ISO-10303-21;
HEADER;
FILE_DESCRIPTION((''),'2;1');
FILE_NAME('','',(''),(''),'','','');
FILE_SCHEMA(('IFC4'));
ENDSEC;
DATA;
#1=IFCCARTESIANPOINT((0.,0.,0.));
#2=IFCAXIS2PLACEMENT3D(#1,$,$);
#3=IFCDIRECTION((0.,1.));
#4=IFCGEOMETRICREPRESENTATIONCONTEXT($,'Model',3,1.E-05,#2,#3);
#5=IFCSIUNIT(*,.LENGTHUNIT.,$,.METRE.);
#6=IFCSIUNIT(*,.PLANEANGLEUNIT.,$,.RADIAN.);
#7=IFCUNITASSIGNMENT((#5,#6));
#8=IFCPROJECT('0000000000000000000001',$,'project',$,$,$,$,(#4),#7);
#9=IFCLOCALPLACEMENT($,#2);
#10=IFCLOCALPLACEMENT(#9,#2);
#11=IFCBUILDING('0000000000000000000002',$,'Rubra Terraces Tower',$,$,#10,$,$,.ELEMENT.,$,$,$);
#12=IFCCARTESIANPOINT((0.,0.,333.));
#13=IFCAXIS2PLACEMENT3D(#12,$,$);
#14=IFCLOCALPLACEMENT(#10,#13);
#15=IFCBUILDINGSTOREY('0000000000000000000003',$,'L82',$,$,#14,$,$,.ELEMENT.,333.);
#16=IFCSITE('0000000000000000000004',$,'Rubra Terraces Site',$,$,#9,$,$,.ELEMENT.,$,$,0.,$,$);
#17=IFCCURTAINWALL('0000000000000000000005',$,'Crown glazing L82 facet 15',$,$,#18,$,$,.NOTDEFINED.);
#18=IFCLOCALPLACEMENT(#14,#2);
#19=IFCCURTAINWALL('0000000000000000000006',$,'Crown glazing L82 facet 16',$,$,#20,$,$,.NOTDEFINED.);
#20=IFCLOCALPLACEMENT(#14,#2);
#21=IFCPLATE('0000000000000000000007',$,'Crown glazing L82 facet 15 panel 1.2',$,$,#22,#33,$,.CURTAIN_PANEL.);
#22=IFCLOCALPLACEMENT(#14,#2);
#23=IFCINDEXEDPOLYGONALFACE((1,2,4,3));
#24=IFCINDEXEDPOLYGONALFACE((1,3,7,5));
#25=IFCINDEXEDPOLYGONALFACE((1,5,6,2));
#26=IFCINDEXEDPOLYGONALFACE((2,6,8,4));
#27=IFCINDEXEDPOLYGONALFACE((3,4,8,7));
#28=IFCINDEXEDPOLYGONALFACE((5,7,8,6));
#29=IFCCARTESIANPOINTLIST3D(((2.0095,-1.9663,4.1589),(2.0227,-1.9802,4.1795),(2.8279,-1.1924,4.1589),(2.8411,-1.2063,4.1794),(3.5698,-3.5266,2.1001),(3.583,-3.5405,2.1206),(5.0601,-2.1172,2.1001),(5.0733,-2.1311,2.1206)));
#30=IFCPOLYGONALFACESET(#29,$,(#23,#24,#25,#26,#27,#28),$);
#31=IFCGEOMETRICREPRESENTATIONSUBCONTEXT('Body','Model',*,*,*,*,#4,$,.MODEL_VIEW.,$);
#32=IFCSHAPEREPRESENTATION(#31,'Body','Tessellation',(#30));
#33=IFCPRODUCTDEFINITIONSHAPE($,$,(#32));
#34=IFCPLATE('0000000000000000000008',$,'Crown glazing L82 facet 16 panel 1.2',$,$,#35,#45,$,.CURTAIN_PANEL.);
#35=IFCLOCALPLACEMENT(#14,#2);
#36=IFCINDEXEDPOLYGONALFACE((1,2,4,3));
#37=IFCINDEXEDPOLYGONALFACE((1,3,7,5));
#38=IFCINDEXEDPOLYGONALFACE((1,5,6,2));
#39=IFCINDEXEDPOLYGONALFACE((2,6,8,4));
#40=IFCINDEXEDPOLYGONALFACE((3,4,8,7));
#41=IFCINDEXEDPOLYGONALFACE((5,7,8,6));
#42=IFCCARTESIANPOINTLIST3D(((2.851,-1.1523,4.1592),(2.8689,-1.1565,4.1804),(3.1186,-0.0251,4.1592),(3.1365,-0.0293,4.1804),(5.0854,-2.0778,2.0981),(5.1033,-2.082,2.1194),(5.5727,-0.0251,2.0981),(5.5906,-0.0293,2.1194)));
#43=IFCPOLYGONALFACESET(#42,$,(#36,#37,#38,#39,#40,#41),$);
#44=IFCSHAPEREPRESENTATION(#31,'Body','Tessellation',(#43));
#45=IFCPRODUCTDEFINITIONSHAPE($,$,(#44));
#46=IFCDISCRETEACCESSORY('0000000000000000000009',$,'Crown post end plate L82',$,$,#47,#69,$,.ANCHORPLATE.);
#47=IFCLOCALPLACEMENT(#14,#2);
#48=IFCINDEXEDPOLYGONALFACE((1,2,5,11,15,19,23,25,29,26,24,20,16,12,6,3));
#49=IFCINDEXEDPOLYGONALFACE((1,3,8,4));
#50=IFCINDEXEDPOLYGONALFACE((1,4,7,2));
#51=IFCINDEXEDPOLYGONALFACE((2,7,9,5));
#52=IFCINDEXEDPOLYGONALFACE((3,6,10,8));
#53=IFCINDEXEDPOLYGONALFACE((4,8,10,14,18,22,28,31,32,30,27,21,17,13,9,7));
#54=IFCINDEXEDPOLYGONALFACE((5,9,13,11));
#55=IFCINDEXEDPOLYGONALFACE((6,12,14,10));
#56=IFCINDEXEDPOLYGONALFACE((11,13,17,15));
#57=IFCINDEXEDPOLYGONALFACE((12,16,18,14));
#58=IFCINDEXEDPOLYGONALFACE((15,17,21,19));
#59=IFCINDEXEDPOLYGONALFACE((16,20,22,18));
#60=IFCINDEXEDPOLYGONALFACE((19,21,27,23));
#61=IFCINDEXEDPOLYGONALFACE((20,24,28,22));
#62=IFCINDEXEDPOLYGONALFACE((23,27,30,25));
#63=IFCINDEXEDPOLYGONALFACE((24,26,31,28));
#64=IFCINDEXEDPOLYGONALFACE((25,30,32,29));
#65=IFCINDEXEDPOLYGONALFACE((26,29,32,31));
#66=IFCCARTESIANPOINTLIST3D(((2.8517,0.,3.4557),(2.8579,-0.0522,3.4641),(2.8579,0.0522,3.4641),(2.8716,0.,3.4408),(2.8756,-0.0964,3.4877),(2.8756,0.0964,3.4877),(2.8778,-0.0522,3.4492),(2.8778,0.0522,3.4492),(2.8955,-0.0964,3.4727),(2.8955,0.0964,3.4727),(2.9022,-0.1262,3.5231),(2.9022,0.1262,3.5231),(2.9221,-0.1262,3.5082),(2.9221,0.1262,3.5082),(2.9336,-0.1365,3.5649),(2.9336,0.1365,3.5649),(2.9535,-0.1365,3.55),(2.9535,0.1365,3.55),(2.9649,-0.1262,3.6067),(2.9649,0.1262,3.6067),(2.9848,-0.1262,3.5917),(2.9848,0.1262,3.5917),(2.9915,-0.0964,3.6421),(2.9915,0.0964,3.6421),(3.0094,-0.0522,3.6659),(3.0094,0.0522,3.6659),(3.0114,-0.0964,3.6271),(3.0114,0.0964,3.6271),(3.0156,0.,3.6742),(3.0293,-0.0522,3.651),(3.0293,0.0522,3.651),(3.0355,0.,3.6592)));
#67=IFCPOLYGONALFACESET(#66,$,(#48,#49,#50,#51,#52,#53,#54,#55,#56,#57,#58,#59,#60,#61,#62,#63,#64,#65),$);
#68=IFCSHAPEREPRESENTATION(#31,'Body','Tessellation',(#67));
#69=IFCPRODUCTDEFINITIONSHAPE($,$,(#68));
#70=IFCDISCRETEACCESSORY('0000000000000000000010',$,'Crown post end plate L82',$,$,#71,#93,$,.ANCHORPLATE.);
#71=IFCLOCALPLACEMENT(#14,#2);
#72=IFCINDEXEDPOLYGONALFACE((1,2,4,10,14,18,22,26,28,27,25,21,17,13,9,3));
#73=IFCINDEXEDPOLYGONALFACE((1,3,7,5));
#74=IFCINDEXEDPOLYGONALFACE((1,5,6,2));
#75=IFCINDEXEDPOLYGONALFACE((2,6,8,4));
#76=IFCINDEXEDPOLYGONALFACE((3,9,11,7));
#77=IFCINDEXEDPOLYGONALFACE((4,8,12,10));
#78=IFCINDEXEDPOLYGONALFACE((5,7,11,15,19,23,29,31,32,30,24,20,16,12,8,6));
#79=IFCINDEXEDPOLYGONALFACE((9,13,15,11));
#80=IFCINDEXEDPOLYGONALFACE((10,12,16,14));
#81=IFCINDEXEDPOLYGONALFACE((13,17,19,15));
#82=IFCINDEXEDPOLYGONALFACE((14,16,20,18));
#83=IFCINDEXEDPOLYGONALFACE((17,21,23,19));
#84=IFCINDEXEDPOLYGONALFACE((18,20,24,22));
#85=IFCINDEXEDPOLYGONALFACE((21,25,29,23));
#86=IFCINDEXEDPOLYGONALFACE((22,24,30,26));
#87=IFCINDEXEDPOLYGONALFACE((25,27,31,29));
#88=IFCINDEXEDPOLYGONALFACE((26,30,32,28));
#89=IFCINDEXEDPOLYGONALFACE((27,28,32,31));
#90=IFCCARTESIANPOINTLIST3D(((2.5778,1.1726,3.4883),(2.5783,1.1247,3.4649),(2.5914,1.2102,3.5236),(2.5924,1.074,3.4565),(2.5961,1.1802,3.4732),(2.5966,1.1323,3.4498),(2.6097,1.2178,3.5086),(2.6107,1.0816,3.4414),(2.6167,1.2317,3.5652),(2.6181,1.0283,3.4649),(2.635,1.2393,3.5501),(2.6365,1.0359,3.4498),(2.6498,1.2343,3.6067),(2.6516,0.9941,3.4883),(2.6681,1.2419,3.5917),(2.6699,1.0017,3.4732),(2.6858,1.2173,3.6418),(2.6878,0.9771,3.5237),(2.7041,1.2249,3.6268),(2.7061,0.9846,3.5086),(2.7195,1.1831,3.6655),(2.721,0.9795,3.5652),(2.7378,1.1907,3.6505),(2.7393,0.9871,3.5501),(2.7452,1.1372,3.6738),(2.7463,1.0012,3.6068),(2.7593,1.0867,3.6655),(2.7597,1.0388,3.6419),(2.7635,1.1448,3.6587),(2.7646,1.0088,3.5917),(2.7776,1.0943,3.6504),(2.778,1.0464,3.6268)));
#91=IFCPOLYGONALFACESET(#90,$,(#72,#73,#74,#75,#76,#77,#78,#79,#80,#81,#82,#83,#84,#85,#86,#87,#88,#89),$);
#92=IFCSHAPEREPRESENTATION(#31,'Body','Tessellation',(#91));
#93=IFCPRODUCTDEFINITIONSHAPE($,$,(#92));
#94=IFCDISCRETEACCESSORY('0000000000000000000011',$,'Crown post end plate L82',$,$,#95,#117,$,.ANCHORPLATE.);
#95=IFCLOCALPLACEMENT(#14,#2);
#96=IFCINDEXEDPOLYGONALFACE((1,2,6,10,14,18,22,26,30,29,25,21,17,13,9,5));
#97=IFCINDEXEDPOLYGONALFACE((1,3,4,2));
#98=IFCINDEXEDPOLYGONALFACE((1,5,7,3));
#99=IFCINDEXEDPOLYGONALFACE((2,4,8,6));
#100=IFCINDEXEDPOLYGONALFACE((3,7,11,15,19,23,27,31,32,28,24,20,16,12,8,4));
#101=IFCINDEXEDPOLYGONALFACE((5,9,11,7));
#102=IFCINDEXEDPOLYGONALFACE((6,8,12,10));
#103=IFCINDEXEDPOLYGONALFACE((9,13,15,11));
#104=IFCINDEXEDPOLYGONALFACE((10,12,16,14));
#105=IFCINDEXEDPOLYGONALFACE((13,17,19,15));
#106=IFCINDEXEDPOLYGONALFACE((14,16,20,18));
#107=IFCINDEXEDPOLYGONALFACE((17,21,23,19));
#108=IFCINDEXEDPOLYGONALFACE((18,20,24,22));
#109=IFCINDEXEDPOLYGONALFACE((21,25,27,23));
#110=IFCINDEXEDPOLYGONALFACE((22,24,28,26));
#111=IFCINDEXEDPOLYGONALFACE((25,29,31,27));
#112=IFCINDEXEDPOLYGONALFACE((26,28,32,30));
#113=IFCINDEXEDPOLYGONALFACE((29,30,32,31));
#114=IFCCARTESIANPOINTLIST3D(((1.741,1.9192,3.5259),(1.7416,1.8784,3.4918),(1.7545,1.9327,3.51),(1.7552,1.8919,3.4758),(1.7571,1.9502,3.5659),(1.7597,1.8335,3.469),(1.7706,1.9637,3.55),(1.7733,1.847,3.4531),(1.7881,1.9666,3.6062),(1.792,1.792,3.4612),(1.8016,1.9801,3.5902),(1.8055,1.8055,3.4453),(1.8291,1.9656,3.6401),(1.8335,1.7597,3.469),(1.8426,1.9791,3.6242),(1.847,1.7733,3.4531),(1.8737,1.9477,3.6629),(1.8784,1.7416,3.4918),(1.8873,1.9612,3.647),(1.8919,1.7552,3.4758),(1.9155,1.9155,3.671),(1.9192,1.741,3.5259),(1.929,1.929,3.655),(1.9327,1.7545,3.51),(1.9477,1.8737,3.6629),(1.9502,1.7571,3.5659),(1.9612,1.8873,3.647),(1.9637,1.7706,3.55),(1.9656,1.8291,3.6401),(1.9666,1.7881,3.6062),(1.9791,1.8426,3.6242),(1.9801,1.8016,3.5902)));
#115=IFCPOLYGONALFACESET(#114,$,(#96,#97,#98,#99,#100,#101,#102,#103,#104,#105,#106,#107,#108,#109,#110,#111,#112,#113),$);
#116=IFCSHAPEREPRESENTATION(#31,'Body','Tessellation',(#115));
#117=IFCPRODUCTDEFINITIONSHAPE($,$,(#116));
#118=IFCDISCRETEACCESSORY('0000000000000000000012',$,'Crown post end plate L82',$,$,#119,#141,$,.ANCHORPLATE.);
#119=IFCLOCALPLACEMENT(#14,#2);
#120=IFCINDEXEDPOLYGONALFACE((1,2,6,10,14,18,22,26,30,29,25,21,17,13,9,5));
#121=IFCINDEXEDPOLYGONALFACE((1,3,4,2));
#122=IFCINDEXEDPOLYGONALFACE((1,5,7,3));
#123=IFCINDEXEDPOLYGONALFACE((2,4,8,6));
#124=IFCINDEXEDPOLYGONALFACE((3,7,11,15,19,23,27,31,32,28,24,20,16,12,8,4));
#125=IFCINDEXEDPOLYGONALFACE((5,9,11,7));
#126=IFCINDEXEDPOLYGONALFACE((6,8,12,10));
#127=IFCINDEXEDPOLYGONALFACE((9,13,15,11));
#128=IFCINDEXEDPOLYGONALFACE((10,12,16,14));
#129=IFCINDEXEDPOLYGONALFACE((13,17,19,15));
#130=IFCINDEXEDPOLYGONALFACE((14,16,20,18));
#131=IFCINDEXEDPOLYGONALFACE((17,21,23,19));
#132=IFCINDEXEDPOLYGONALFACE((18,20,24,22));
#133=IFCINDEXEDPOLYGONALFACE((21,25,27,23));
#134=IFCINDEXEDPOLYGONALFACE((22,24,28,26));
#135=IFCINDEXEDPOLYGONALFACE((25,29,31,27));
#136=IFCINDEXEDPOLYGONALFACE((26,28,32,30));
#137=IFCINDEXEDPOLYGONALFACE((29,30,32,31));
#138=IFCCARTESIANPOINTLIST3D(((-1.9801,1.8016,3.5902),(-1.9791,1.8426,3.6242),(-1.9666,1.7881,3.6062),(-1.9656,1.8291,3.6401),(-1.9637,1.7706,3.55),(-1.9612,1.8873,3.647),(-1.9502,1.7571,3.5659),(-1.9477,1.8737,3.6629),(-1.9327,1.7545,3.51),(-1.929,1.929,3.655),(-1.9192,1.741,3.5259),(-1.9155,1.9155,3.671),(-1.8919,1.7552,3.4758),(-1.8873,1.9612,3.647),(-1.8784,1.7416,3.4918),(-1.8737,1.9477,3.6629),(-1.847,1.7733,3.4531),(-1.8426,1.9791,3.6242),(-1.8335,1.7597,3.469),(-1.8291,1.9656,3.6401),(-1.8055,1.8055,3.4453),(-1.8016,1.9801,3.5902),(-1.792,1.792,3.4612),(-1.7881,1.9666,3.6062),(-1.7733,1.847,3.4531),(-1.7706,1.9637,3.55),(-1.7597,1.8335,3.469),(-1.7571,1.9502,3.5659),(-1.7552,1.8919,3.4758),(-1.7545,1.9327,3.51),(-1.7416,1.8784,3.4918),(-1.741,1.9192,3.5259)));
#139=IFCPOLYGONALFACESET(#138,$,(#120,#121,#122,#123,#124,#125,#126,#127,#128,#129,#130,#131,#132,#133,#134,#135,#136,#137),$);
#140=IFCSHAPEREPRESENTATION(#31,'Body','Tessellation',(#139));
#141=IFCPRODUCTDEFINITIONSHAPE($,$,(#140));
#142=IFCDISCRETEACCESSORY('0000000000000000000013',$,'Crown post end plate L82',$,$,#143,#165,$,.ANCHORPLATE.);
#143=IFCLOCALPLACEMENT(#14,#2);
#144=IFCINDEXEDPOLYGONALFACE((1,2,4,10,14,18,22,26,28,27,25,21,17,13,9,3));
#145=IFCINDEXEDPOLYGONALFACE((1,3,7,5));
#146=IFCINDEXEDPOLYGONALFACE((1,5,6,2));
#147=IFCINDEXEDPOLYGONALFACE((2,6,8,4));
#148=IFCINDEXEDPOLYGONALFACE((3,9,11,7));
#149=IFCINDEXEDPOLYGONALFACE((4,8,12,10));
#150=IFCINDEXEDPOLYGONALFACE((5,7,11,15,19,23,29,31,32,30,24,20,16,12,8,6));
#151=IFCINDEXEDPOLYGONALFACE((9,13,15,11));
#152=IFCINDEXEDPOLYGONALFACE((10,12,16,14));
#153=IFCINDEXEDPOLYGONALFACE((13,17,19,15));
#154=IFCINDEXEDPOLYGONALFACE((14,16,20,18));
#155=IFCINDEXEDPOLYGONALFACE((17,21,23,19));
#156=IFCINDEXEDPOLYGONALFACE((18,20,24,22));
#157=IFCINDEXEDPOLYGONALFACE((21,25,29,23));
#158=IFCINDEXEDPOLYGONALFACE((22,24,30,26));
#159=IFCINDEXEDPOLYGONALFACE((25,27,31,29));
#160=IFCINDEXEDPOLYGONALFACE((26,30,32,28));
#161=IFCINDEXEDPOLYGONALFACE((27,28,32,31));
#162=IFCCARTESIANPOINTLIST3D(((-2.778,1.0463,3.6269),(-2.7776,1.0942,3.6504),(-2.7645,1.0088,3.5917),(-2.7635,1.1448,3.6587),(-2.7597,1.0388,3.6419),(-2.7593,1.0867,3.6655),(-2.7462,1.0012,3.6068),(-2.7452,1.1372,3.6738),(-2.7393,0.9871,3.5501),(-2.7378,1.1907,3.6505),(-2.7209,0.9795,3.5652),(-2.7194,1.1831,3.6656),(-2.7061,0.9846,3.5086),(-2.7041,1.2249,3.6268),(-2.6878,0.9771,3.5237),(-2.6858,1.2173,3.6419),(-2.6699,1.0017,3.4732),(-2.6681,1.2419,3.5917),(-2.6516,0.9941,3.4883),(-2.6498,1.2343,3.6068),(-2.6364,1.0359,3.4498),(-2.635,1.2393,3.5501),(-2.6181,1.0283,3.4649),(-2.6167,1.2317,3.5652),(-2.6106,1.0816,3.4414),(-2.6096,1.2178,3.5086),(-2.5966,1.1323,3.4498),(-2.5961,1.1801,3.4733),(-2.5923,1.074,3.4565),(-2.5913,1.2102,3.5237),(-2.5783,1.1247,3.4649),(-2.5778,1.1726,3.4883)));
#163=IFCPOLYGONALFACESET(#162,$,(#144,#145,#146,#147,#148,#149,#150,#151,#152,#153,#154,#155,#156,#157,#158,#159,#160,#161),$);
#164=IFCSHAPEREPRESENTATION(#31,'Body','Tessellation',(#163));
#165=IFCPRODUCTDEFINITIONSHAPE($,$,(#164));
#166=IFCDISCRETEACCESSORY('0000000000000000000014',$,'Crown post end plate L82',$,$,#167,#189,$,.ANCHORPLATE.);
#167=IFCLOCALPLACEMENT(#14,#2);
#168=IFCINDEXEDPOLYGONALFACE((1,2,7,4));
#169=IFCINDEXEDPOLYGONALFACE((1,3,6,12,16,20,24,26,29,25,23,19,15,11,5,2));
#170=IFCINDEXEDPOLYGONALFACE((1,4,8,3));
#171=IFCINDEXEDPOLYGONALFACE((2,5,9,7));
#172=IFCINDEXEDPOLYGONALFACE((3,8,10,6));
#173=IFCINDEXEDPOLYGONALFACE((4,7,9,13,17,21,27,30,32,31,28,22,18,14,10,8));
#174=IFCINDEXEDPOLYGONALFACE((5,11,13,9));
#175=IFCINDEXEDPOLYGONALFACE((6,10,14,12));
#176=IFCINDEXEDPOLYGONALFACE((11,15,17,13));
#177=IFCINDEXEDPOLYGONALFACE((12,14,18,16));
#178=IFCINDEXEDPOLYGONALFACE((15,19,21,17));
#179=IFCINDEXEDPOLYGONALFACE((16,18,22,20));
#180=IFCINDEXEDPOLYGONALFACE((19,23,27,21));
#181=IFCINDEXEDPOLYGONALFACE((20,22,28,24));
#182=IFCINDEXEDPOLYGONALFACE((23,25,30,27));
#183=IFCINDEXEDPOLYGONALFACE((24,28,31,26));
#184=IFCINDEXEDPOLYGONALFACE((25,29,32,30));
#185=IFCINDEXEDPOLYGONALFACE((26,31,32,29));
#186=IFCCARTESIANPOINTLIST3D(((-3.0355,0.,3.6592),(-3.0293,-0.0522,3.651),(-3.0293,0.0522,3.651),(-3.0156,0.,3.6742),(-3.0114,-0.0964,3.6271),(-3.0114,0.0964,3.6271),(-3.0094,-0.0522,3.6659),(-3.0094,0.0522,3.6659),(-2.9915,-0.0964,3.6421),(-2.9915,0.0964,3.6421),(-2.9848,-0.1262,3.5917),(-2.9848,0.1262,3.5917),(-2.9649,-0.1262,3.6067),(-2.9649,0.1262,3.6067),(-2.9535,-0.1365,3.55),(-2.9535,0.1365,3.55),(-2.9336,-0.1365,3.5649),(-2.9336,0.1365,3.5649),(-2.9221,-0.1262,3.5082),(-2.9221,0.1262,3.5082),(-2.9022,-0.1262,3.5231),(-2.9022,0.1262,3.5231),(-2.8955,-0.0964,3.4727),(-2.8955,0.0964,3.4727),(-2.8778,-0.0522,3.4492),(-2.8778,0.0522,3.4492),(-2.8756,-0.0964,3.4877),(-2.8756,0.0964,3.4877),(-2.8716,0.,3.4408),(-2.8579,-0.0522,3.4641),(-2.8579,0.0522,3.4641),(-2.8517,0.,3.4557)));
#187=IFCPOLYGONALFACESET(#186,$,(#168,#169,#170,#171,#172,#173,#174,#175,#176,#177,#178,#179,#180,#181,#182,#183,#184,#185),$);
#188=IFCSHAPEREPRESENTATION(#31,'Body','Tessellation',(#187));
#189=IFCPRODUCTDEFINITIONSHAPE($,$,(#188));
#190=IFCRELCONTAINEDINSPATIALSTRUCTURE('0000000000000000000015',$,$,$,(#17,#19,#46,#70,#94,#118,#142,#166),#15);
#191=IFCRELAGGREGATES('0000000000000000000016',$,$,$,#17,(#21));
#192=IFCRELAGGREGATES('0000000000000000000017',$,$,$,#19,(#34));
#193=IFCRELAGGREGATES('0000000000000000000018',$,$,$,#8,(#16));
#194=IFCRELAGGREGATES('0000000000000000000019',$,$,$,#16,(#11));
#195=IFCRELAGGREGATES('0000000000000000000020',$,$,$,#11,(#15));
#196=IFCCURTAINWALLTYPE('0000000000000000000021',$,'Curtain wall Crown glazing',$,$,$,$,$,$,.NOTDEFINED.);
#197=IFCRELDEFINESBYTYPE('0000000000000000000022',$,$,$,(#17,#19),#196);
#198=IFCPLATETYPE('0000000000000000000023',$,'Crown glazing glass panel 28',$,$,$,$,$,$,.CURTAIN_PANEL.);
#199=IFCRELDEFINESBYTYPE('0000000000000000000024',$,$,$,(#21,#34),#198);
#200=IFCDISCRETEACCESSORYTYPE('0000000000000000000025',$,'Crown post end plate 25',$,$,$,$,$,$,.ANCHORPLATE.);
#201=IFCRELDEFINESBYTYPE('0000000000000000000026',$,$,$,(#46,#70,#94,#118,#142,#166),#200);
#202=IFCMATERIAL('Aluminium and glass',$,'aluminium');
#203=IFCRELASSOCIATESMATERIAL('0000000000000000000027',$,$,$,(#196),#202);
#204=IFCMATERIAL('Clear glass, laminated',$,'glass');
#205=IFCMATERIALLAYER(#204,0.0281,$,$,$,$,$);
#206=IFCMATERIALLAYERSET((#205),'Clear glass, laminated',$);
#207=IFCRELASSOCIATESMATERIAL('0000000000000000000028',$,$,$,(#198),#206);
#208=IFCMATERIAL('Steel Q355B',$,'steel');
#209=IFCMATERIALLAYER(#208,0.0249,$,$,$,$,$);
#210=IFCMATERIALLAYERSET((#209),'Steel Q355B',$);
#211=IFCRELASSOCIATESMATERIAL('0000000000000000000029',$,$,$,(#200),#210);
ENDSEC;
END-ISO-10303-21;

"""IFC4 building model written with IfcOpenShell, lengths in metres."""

from ifc_helpers import new_model, si_unit, direction, frame, origin, place, context, subcontext, project, spatial, polyline, outline, extrude, material, layer, layer_set, type_object, element, aggregate, save


model = new_model("IFC4")

# Units and contexts
model_context = context("Model", 3, precision=1e-05, world=origin(), true_north=direction((0.0, 1.0)))
body_context = subcontext(model_context, "Body", "Model", "MODEL_VIEW")
ifc_project = project(units=[si_unit("LENGTHUNIT", "METRE"), si_unit("PLANEANGLEUNIT", "RADIAN")], contexts=[model_context])

# Site, building, storey
site_placement = place(None, origin())
site = spatial("IfcSite", under=ifc_project, at=site_placement, Name="Rubra Terraces Site", CompositionType="ELEMENT", RefElevation=0.0)
building_placement = place(site_placement, origin())
building = spatial("IfcBuilding", under=site, at=building_placement, Name="Rubra Terraces Tower", CompositionType="ELEMENT")
storey_placement = place(building_placement, frame((0.0, 0.0, 333.0)))
storey = spatial("IfcBuildingStorey", under=building, at=storey_placement, Name="L82", CompositionType="ELEMENT", Elevation=333.0)

# Curtain walls
ifc_material_1 = material(Name="Aluminium and glass", Category="aluminium")
curtain_wall_type = type_object("IfcCurtainWallType", Name="Curtain wall Crown glazing", PredefinedType="NOTDEFINED", material=ifc_material_1)
curtain_wall_1_placement = place(storey_placement, origin())
curtain_wall_1 = element("IfcCurtainWall", 1, at=curtain_wall_1_placement, inside=storey, type_object=curtain_wall_type, Name="Crown glazing L82 facet 15", PredefinedType="NOTDEFINED")
curtain_wall_2_placement = place(storey_placement, origin())
curtain_wall_2 = element("IfcCurtainWall", 2, at=curtain_wall_2_placement, inside=storey, type_object=curtain_wall_type, Name="Crown glazing L82 facet 16", PredefinedType="NOTDEFINED")

# Shared definitions
ifc_material_2 = material(Name="Clear glass, laminated", Category="glass")
ifc_layer_1 = layer(ifc_material_2, 0.0281)
ifc_layer_set_1 = layer_set([ifc_layer_1], Name="Clear glass, laminated")
plate_type = type_object("IfcPlateType", Name="Crown glazing glass panel 28", PredefinedType="CURTAIN_PANEL", material=ifc_layer_set_1)

# Plates
plate_1_placement = place(storey_placement, frame((3.583, -3.5405, 2.1206), z_axis=(0.468858, -0.495753, 0.731027), x_axis=(0.726535, 0.687129, 0.000006)))
plate_1 = element("IfcPlate", 3, at=plate_1_placement, type_object=plate_type, Name="Crown glazing L82 facet 15 panel 1.2", PredefinedType="CURTAIN_PANEL", context=body_context, shape_type="SweptSolid", body=[
    extrude(outline(polyline([(0.0, 0.0), (2.0512, 0.0), (1.0649, 3.0173), (-0.0615, 3.0173), (0.0, 0.0)])), origin(), (0.0, 0.0, -1.0), 0.0281),
])
aggregate(curtain_wall_1, [plate_1])
plate_2_placement = place(storey_placement, frame((5.1033, -2.082, 2.1194), z_axis=(0.635752, -0.150921, 0.756996), x_axis=(0.230973, 0.97296, -0.000002)))
plate_2 = element("IfcPlate", 4, at=plate_2_placement, type_object=plate_type, Name="Crown glazing L82 facet 16 panel 1.2", PredefinedType="CURTAIN_PANEL", context=body_context, shape_type="SweptSolid", body=[
    extrude(outline(polyline([(0.0, 0.0), (2.1098, 0.0), (1.5429, 3.1542), (0.3844, 3.1542), (0.0, 0.0)])), origin(), (0.0, 0.0, -1.0), 0.0281),
])
aggregate(curtain_wall_2, [plate_2])

# Discrete accessories
ifc_material_3 = material(Name="Steel Q355B", Category="steel")
ifc_layer_2 = layer(ifc_material_3, 0.0249)
ifc_layer_set_2 = layer_set([ifc_layer_2], Name="Steel Q355B")
discrete_accessory_type = type_object("IfcDiscreteAccessoryType", Name="Crown post end plate 25", PredefinedType="ANCHORPLATE", material=ifc_layer_set_2)
discrete_accessory_1_placement = place(storey_placement, frame((2.9336, 0.1365, 3.5649), z_axis=(-0.799883, 0.0, 0.600156), x_axis=(-0.588941, -0.192414, -0.784936)))
element("IfcDiscreteAccessory", 5, at=discrete_accessory_1_placement, inside=storey, type_object=discrete_accessory_type, Name="Crown post end plate L82", PredefinedType="ANCHORPLATE", context=body_context, shape_type="SweptSolid", body=[
    extrude(outline(polyline([(0.0, 0.0), (0.0533, 0.0), (0.1025, 0.0207), (0.1399, 0.0584), (0.1602, 0.1077), (0.16, 0.1609), (0.1396, 0.21), (0.1019, 0.2477), (0.0525, 0.2678), (-0.0006, 0.2678), (-0.0498, 0.2471), (-0.0876, 0.2095), (-0.1078, 0.1602), (-0.1077, 0.107), (-0.0869, 0.0578), (-0.0492, 0.0201), (0.0, 0.0)])), origin(), (0.0, 0.0, -1.0), 0.0249),
])
discrete_accessory_2_placement = place(storey_placement, frame((2.6167, 1.2317, 3.5652), z_axis=(-0.735286, -0.304063, 0.605722), x_axis=(-0.476527, -0.403587, -0.78105)))
element("IfcDiscreteAccessory", 6, at=discrete_accessory_2_placement, inside=storey, type_object=discrete_accessory_type, Name="Crown post end plate L82", PredefinedType="ANCHORPLATE", context=body_context, shape_type="SweptSolid", body=[
    extrude(outline(polyline([(0.0, 0.0), (0.0532, 0.0), (0.1024, 0.0206), (0.1398, 0.0586), (0.1601, 0.1078), (0.1598, 0.161), (0.1393, 0.2101), (0.1013, 0.2477), (0.0521, 0.2679), (-0.0012, 0.2677), (-0.0502, 0.247), (-0.0878, 0.2091), (-0.1079, 0.1599), (-0.1077, 0.1067), (-0.087, 0.0574), (-0.0493, 0.02), (0.0, 0.0)])), origin(), (0.0, 0.0, -1.0), 0.0249),
])
for number, where, z_axis, x_axis, name in (
    (7, (1.7571, 1.9502, 3.5659), (-0.543458, -0.543458, 0.639771), (-0.303296, -0.583535, -0.753325), "Crown post end plate L82"),
    (8, (-1.9502, 1.7571, 3.5659), (0.543458, -0.543458, 0.639771), (0.583535, -0.303296, -0.753325), "Crown post end plate L82"),
):
    element("IfcDiscreteAccessory", number, at=place(storey_placement, frame(where, z_axis=z_axis, x_axis=x_axis)), inside=storey, type_object=discrete_accessory_type, Name=name, PredefinedType="ANCHORPLATE", context=body_context, shape_type="SweptSolid", body=[
        extrude(outline(polyline([(0.0, 0.0), (0.0531, 0.0), (0.1025, 0.02), (0.1403, 0.0578), (0.1606, 0.1068), (0.161, 0.16), (0.1408, 0.2095), (0.1031, 0.247), (0.0541, 0.2677), (0.0007, 0.2679), (-0.0485, 0.2476), (-0.0863, 0.2101), (-0.1069, 0.1609), (-0.107, 0.1076), (-0.0867, 0.0584), (-0.0493, 0.0205), (0.0, 0.0)])), origin(), (0.0, 0.0, -1.0), 0.0249),
    ])
discrete_accessory_3_placement = place(storey_placement, frame((-2.7209, 0.9795, 3.5652), z_axis=(0.735286, -0.304063, 0.605722), x_axis=(0.623812, -0.045792, -0.780232)))
element("IfcDiscreteAccessory", 9, at=discrete_accessory_3_placement, inside=storey, type_object=discrete_accessory_type, Name="Crown post end plate L82", PredefinedType="ANCHORPLATE", context=body_context, shape_type="SweptSolid", body=[
    extrude(outline(polyline([(0.0, 0.0), (0.0532, 0.0), (0.1026, 0.0203), (0.1402, 0.058), (0.1607, 0.107), (0.1606, 0.1604), (0.1404, 0.2097), (0.1027, 0.2474), (0.0535, 0.2676), (0.0003, 0.2678), (-0.0488, 0.2475), (-0.0867, 0.2098), (-0.1071, 0.1606), (-0.1071, 0.1075), (-0.0867, 0.0581), (-0.0492, 0.0204), (0.0, 0.0)])), origin(), (0.0, 0.0, -1.0), 0.0249),
])
discrete_accessory_4_placement = place(storey_placement, frame((-2.9336, -0.1365, 3.5649), z_axis=(0.799883, 0.0, 0.600156), x_axis=(0.588941, 0.192414, -0.784936)))
element("IfcDiscreteAccessory", 10, at=discrete_accessory_4_placement, inside=storey, type_object=discrete_accessory_type, Name="Crown post end plate L82", PredefinedType="ANCHORPLATE", context=body_context, shape_type="SweptSolid", body=[
    extrude(outline(polyline([(0.0, 0.0), (0.0533, 0.0), (0.1025, 0.0207), (0.1399, 0.0584), (0.1602, 0.1077), (0.16, 0.1609), (0.1396, 0.21), (0.1019, 0.2477), (0.0525, 0.2678), (-0.0006, 0.2678), (-0.0498, 0.2471), (-0.0876, 0.2095), (-0.1078, 0.1602), (-0.1077, 0.107), (-0.0869, 0.0578), (-0.0492, 0.0201), (0.0, 0.0)])), origin(), (0.0, 0.0, -1.0), 0.0249),
])

save(model, "model.ifc")
